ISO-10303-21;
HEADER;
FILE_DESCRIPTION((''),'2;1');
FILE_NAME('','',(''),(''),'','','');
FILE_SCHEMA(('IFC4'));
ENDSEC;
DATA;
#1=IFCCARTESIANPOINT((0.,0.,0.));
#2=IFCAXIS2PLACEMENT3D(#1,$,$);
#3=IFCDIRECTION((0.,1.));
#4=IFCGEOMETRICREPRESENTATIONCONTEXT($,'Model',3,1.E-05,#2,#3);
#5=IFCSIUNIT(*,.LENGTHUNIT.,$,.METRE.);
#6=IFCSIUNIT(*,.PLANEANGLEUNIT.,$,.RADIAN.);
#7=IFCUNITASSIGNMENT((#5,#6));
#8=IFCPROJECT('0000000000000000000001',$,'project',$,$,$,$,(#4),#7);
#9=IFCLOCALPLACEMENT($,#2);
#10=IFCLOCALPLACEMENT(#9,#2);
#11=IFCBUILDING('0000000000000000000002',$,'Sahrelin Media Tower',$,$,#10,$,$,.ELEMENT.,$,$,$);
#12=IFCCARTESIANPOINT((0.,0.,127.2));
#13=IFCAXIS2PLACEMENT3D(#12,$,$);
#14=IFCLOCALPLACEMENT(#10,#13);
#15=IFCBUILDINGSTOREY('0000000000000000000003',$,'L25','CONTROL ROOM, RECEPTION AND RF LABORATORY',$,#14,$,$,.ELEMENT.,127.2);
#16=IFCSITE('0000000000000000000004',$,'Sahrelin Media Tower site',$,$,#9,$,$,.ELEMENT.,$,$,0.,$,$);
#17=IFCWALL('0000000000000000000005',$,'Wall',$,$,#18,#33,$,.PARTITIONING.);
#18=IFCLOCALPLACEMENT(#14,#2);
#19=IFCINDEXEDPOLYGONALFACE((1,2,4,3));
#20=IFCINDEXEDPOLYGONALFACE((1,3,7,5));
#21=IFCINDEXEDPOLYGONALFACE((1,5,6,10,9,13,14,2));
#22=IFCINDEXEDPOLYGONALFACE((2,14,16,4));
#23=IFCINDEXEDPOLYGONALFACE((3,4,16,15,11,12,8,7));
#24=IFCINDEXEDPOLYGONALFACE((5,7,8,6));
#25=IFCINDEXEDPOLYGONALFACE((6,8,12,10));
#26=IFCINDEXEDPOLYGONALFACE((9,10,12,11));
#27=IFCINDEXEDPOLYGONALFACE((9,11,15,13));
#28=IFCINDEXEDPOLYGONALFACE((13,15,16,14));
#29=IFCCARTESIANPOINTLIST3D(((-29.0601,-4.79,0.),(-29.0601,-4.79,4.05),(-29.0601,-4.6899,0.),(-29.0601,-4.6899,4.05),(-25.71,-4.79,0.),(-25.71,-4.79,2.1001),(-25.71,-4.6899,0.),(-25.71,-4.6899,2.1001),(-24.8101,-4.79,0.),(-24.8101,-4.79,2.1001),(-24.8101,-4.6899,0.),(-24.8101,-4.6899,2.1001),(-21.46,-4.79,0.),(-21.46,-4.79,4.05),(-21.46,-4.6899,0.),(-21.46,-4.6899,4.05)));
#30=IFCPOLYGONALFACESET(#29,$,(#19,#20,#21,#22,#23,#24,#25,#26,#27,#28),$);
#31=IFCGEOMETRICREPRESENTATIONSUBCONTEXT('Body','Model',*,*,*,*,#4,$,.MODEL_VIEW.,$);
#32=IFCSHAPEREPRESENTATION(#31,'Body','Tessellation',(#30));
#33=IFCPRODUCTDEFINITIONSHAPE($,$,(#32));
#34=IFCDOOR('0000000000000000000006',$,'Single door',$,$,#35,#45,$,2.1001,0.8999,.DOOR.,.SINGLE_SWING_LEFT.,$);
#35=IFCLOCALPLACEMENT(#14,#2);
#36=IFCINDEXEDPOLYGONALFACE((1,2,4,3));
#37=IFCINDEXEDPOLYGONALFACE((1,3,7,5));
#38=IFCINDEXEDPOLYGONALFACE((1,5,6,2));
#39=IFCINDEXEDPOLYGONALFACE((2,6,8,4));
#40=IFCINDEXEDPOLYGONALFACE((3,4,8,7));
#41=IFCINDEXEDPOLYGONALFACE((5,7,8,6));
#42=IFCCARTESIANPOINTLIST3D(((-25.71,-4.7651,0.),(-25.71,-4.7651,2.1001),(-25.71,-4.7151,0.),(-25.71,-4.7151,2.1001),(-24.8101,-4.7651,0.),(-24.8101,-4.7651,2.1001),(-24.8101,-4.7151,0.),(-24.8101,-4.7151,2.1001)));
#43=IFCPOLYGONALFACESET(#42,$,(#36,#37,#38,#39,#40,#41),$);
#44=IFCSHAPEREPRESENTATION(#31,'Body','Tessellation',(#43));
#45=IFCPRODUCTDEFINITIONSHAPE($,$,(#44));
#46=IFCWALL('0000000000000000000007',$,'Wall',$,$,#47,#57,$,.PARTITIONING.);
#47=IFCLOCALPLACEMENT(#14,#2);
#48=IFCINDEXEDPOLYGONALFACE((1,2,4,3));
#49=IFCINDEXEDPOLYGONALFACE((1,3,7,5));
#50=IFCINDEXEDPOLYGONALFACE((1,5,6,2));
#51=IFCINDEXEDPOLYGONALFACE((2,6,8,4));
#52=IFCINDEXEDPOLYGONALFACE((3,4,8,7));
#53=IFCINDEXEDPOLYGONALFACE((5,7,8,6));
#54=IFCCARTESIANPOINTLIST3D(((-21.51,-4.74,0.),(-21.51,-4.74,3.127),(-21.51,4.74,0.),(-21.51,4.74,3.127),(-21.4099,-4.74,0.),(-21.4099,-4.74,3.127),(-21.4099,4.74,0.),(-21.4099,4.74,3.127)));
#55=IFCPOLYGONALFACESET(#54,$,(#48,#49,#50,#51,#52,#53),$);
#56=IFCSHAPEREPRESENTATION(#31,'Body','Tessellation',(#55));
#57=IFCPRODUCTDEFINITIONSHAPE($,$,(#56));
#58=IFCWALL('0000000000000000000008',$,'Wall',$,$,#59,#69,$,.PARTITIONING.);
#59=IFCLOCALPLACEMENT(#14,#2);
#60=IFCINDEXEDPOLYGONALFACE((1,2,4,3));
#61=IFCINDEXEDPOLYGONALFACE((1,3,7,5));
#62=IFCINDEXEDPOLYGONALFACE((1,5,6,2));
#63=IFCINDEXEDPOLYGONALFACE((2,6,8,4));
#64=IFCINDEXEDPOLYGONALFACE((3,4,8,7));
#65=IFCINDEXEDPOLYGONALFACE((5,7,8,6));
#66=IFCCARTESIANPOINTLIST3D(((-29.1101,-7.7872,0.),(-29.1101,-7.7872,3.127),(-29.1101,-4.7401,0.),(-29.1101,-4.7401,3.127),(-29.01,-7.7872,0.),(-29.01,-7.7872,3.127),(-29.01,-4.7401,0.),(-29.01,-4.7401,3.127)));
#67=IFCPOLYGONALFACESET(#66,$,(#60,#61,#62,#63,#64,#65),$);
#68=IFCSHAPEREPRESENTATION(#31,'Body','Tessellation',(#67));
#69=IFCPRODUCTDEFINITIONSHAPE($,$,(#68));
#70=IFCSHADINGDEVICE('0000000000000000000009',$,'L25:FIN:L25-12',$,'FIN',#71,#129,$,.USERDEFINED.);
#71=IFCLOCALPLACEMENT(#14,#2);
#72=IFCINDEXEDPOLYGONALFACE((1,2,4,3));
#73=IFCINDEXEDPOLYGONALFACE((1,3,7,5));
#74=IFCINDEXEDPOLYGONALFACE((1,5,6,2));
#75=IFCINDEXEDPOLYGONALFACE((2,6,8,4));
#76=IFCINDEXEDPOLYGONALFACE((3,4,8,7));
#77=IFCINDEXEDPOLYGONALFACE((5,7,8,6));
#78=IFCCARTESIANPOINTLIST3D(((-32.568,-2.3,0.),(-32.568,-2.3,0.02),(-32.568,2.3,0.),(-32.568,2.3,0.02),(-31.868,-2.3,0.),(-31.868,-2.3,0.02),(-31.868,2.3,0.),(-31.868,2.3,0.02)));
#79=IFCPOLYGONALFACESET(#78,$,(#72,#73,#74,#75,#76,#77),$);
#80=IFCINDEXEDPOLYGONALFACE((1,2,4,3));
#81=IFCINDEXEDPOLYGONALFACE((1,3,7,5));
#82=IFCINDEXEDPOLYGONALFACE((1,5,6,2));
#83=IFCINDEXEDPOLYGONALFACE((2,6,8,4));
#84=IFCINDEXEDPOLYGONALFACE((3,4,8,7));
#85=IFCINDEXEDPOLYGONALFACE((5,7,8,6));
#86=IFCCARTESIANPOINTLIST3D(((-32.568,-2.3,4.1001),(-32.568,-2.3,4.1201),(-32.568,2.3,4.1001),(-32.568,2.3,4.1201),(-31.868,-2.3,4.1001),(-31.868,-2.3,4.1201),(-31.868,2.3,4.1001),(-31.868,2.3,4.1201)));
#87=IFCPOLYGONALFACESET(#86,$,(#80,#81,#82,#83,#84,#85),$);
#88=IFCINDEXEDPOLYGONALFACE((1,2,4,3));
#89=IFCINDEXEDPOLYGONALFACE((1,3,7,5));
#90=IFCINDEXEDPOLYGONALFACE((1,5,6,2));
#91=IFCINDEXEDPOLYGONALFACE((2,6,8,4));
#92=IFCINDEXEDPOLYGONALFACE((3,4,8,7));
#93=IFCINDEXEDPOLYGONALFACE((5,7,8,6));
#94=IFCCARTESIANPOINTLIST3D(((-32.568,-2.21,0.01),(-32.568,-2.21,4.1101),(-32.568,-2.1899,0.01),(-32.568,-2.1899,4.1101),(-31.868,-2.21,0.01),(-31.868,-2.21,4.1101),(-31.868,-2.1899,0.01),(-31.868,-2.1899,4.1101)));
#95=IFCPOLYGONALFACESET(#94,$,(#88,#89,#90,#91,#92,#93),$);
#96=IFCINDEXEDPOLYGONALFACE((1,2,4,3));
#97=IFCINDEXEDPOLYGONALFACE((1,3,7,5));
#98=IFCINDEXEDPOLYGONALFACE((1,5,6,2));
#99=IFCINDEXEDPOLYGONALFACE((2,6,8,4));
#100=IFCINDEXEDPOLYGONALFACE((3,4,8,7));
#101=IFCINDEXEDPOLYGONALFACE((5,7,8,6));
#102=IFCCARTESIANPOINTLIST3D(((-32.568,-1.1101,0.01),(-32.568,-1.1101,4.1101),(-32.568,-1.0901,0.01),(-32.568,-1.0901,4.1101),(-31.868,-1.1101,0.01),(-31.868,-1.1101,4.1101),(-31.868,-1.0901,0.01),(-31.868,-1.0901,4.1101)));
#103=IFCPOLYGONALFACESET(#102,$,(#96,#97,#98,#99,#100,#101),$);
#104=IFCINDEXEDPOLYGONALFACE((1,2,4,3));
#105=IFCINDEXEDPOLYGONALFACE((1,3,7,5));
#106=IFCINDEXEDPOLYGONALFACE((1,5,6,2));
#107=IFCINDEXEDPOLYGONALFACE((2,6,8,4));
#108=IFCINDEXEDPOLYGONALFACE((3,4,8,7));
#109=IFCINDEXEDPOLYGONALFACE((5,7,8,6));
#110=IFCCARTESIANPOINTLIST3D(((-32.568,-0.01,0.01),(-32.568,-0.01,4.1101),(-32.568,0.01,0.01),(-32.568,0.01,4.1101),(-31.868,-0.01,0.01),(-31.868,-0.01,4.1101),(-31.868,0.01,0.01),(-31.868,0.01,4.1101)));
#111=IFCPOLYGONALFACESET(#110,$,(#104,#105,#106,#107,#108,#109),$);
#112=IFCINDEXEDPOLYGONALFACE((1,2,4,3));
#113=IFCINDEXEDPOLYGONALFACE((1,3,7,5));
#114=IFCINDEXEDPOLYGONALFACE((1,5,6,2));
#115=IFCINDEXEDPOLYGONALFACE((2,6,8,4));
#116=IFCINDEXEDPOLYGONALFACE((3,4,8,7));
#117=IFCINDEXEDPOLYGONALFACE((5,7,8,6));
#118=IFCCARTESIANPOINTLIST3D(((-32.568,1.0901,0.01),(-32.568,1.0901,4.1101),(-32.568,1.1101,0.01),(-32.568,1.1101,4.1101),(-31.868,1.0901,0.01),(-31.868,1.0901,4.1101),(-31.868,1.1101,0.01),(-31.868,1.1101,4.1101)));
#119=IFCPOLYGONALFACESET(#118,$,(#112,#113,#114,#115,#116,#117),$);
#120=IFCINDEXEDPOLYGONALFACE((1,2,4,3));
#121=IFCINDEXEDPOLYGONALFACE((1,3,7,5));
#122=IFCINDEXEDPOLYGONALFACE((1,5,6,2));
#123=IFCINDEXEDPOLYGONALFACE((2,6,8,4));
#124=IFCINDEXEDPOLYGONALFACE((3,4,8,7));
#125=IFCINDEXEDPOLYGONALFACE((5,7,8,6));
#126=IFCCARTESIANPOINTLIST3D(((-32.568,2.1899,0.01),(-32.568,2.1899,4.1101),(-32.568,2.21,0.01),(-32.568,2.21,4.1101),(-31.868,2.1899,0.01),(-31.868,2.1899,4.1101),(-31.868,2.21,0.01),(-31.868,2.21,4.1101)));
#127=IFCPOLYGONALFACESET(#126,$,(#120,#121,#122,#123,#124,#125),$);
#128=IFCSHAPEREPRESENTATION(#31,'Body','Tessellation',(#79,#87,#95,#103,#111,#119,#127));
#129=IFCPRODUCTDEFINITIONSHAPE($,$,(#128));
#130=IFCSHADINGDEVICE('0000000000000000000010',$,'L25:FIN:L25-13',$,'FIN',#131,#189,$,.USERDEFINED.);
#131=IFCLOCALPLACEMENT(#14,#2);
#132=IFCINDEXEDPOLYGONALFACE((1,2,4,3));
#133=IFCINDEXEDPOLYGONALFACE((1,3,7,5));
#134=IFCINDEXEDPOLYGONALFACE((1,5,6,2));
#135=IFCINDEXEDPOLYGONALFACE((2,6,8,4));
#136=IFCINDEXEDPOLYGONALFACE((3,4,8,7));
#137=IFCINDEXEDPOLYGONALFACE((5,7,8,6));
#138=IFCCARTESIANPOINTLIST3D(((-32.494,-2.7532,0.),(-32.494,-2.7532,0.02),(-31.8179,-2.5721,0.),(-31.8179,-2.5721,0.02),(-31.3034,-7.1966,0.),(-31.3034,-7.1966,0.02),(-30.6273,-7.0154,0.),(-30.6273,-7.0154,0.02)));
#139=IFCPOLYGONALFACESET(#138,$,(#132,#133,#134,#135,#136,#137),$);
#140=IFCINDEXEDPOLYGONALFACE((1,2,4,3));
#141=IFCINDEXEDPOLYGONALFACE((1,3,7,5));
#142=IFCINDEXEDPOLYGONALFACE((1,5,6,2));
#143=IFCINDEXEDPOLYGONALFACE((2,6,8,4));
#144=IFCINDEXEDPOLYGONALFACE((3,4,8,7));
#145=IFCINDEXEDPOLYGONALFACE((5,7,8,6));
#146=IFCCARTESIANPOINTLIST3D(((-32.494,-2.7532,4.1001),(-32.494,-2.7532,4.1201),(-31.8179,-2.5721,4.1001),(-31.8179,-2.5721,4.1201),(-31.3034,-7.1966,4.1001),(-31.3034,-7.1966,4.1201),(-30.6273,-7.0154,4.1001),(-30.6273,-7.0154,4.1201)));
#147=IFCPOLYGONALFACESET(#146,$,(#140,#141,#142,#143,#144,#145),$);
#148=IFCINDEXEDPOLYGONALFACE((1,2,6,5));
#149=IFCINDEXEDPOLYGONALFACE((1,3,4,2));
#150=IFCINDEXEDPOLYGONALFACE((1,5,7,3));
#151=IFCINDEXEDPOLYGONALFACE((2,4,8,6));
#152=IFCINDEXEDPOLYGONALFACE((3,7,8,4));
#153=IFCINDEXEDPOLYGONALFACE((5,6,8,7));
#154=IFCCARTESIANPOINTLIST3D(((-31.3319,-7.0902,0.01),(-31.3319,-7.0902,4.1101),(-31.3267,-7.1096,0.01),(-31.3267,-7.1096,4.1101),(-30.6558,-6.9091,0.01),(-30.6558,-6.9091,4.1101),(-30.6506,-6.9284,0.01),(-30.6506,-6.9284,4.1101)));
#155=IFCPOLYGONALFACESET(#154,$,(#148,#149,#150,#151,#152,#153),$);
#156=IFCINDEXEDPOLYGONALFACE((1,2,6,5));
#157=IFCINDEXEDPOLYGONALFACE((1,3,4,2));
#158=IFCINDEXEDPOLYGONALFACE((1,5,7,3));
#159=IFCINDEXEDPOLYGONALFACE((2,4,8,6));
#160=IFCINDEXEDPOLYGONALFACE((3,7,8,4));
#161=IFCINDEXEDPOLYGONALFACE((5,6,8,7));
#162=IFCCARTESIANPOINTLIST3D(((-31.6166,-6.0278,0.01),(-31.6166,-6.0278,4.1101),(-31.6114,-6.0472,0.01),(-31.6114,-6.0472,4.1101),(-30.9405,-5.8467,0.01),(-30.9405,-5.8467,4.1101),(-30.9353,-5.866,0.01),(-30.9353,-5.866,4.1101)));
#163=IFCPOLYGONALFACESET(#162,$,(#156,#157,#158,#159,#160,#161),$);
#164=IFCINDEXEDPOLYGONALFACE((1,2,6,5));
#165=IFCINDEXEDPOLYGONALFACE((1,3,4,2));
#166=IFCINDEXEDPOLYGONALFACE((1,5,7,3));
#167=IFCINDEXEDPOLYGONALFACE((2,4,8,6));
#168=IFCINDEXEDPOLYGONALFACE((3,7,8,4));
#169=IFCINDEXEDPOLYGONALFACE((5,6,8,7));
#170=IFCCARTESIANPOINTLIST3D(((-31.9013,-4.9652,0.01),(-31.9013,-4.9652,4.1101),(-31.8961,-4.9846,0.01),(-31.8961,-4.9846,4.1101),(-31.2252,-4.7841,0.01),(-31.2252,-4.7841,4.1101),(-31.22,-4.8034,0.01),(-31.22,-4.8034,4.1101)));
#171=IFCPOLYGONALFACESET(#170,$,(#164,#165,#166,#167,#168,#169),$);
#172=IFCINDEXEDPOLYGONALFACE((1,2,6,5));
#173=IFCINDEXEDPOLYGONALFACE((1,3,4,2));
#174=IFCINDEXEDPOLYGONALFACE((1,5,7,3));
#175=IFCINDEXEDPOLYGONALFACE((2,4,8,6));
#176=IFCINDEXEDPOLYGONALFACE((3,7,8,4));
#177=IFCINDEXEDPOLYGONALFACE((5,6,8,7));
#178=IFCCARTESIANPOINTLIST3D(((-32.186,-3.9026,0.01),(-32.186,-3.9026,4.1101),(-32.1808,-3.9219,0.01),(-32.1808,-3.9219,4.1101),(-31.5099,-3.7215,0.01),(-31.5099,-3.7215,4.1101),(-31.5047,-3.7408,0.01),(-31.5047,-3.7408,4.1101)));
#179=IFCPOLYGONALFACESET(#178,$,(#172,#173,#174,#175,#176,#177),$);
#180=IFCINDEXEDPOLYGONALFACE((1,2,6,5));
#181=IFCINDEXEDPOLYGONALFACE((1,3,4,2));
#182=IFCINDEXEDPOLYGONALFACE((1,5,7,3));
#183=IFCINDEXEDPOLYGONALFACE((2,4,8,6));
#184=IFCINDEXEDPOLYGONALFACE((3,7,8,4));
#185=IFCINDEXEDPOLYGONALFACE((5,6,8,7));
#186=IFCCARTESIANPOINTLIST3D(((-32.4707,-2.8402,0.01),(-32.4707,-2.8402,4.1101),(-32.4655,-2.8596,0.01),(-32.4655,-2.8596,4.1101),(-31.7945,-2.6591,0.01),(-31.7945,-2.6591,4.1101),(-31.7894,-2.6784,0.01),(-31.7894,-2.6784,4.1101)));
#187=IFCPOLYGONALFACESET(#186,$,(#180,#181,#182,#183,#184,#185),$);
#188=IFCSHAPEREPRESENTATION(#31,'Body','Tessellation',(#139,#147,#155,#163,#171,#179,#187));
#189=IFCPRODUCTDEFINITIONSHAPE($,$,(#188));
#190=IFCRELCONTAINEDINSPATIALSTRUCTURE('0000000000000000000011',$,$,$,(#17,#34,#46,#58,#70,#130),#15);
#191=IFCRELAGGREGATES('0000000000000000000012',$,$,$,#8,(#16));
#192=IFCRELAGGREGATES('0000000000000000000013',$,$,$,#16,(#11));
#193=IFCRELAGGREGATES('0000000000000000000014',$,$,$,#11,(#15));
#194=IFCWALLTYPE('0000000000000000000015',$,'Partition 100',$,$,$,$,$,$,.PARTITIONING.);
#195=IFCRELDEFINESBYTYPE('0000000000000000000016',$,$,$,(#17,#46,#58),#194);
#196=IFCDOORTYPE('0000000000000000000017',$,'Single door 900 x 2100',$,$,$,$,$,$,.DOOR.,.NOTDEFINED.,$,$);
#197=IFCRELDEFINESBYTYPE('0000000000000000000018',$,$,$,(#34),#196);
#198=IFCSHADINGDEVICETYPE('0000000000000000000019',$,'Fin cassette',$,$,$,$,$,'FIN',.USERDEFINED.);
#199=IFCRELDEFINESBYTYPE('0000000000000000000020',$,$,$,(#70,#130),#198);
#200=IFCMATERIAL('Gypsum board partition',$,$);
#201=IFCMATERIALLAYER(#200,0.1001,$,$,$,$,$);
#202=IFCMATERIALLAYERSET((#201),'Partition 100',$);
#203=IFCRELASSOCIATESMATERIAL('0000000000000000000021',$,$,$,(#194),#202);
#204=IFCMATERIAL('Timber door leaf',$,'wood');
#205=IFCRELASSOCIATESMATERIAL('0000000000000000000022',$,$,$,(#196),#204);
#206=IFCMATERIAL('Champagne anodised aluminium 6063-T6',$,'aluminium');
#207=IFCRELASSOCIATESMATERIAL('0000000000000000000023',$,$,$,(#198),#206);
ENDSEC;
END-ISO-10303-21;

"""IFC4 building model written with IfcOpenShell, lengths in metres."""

from ifc_helpers import new_model, si_unit, direction, frame, frame_2d, origin, origin_2d, place, context, subcontext, project, spatial, rectangle, extrude, material, layer, layer_set, type_object, element, fill, save


model = new_model("IFC4")

# Units and contexts
model_context = context("Model", 3, precision=1e-05, world=origin(), true_north=direction((0.0, 1.0)))
body_context = subcontext(model_context, "Body", "Model", "MODEL_VIEW")
ifc_project = project(units=[si_unit("LENGTHUNIT", "METRE"), si_unit("PLANEANGLEUNIT", "RADIAN")], contexts=[model_context])

# Site, building, storey
site_placement = place(None, origin())
site = spatial("IfcSite", under=ifc_project, at=site_placement, Name="Sahrelin Media Tower site", CompositionType="ELEMENT", RefElevation=0.0)
building_placement = place(site_placement, origin())
building = spatial("IfcBuilding", under=site, at=building_placement, Name="Sahrelin Media Tower", CompositionType="ELEMENT")
storey_placement = place(building_placement, frame((0.0, 0.0, 127.2)))
storey = spatial("IfcBuildingStorey", under=building, at=storey_placement, Name="L25", Description="CONTROL ROOM, RECEPTION AND RF LABORATORY", CompositionType="ELEMENT", Elevation=127.2)

# Shared definitions
ifc_material_1 = material(Name="Champagne anodised aluminium 6063-T6", Category="aluminium")

# Wall, opening, door
ifc_material_2 = material(Name="Gypsum board partition")
ifc_layer_1 = layer(ifc_material_2, 0.1001)
ifc_layer_set_1 = layer_set([ifc_layer_1], Name="Partition 100")
wall_type_1 = type_object("IfcWallType", Name="Partition 100", PredefinedType="PARTITIONING", material=ifc_layer_set_1)
wall_1_placement = place(storey_placement, frame((-29.0601, -4.74, 0.0), z_axis=(0.0, 0.0, 1.0), x_axis=(1.0, 0.0, 0.0)))
wall_1 = element("IfcWall", 1, at=wall_1_placement, inside=storey, type_object=wall_type_1, Name="Wall", PredefinedType="PARTITIONING", context=body_context, shape_type="SweptSolid", body=[
    extrude(rectangle(XDim=7.6001, YDim=0.1001, at=frame_2d((3.8, 0.0))), origin(), (0.0, 0.0, 1.0), 4.05),
])
opening_placement = place(wall_1_placement, frame((3.3501, 0.0, 0.0)))
opening = element("IfcOpeningElement", 2, at=opening_placement, cuts=wall_1, PredefinedType="OPENING", context=body_context, shape_type="SweptSolid", body=[
    extrude(rectangle(XDim=0.8999, YDim=2.1001, at=frame_2d((0.45, 1.05))), frame((0.0, 0.05, 0.0), z_axis=(0.0, -1.0, 0.0), x_axis=(1.0, 0.0, 0.0)), (0.0, 0.0, 1.0), 0.1001),
])
ifc_material_3 = material(Name="Timber door leaf", Category="wood")
door_type = type_object("IfcDoorType", Name="Single door 900 x 2100", OperationType="NOTDEFINED", PredefinedType="DOOR", material=ifc_material_3)
door_placement = place(opening_placement, origin())
door = element("IfcDoor", 3, at=door_placement, inside=storey, type_object=door_type, Name="Single door", OperationType="SINGLE_SWING_LEFT", OverallHeight=2.1001, OverallWidth=0.8999, PredefinedType="DOOR", context=body_context, shape_type="SweptSolid", body=[
    extrude(rectangle(XDim=0.8999, YDim=2.1001, at=frame_2d((0.45, 1.05))), frame((0.0, 0.0249, 0.0), z_axis=(0.0, -1.0, 0.0), x_axis=(1.0, 0.0, 0.0)), (0.0, 0.0, 1.0), 0.05),
])
fill(opening, door)

# Walls
wall_2_placement = place(storey_placement, frame((-21.46, -4.74, 0.0), z_axis=(0.0, 0.0, 1.0), x_axis=(0.0, 1.0, 0.0)))
element("IfcWall", 4, at=wall_2_placement, inside=storey, type_object=wall_type_1, Name="Wall", PredefinedType="PARTITIONING", context=body_context, shape_type="SweptSolid", body=[
    extrude(rectangle(XDim=9.48, YDim=0.1001, at=frame_2d((4.74, 0.0))), origin(), (0.0, 0.0, 1.0), 3.127),
])
wall_3_placement = place(storey_placement, frame((-29.0601, -7.7871, 0.0), z_axis=(0.0, 0.0, 1.0), x_axis=(0.0, 1.0, 0.0)))
element("IfcWall", 5, at=wall_3_placement, inside=storey, type_object=wall_type_1, Name="Wall", PredefinedType="PARTITIONING", context=body_context, shape_type="SweptSolid", body=[
    extrude(rectangle(XDim=3.0471, YDim=0.1001, at=frame_2d((1.5234, 0.0))), origin(), (0.0, 0.0, 1.0), 3.127),
])

# Shading devices
shading_device_type_1 = type_object("IfcShadingDeviceType", Name="Fin cassette", ElementType="FIN", PredefinedType="USERDEFINED", material=ifc_material_1)
placement_1 = place(storey_placement, frame((-31.7981, 0.0, 0.0), z_axis=(0.0, 0.0, 1.0), x_axis=(0.0, 1.0, 0.0)))
element("IfcShadingDevice", 6, at=placement_1, inside=storey, type_object=shading_device_type_1, Name="L25:FIN:L25-12", ObjectType="FIN", PredefinedType="USERDEFINED", context=body_context, shape_type="SweptSolid", body=[
    extrude(rectangle(XDim=4.6001, YDim=0.7, at=origin_2d()), frame((0.0, 0.4199, 0.0)), (0.0, 0.0, 1.0), 0.02),
    extrude(rectangle(XDim=4.6001, YDim=0.7, at=origin_2d()), frame((0.0, 0.4199, 4.1001)), (0.0, 0.0, 1.0), 0.02),
    extrude(rectangle(XDim=0.02, YDim=0.7, at=origin_2d()), frame((-2.2, 0.4199, 0.01), z_axis=(0.0, 0.0, 1.0), x_axis=(1.0, 0.0, 0.0)), (0.0, 0.0, 1.0), 4.1001),
    extrude(rectangle(XDim=0.02, YDim=0.7, at=origin_2d()), frame((-1.1001, 0.4199, 0.01), z_axis=(0.0, 0.0, 1.0), x_axis=(1.0, 0.0, 0.0)), (0.0, 0.0, 1.0), 4.1001),
    extrude(rectangle(XDim=0.02, YDim=0.7, at=origin_2d()), frame((0.0, 0.4199, 0.01), z_axis=(0.0, 0.0, 1.0), x_axis=(1.0, 0.0, 0.0)), (0.0, 0.0, 1.0), 4.1001),
    extrude(rectangle(XDim=0.02, YDim=0.7, at=origin_2d()), frame((1.1001, 0.4199, 0.01), z_axis=(0.0, 0.0, 1.0), x_axis=(1.0, 0.0, 0.0)), (0.0, 0.0, 1.0), 4.1001),
    extrude(rectangle(XDim=0.02, YDim=0.7, at=origin_2d()), frame((2.2, 0.4199, 0.01), z_axis=(0.0, 0.0, 1.0), x_axis=(1.0, 0.0, 0.0)), (0.0, 0.0, 1.0), 4.1001),
])
placement_2 = place(storey_placement, frame((-31.155, -4.7756, 0.0), z_axis=(0.0, 0.0, 1.0), x_axis=(-0.258808, 0.965929, 0.0)))
element("IfcShadingDevice", 7, at=placement_2, inside=storey, type_object=shading_device_type_1, Name="L25:FIN:L25-13", ObjectType="FIN", PredefinedType="USERDEFINED", context=body_context, shape_type="SweptSolid", body=[
    extrude(rectangle(XDim=4.6001, YDim=0.7, at=origin_2d()), frame((0.0, 0.4199, 0.0)), (0.0, 0.0, 1.0), 0.02),
    extrude(rectangle(XDim=4.6001, YDim=0.7, at=origin_2d()), frame((0.0, 0.4199, 4.1001)), (0.0, 0.0, 1.0), 0.02),
    extrude(rectangle(XDim=0.02, YDim=0.7, at=origin_2d()), frame((-2.2, 0.4199, 0.01), z_axis=(0.0, 0.0, 1.0), x_axis=(1.0, 0.0, 0.0)), (0.0, 0.0, 1.0), 4.1001),
    extrude(rectangle(XDim=0.02, YDim=0.7, at=origin_2d()), frame((-1.1001, 0.4199, 0.01), z_axis=(0.0, 0.0, 1.0), x_axis=(1.0, 0.0, 0.0)), (0.0, 0.0, 1.0), 4.1001),
    extrude(rectangle(XDim=0.02, YDim=0.7, at=origin_2d()), frame((0.0, 0.4199, 0.01), z_axis=(0.0, 0.0, 1.0), x_axis=(1.0, 0.0, 0.0)), (0.0, 0.0, 1.0), 4.1001),
    extrude(rectangle(XDim=0.02, YDim=0.7, at=origin_2d()), frame((1.1001, 0.4199, 0.01), z_axis=(0.0, 0.0, 1.0), x_axis=(1.0, 0.0, 0.0)), (0.0, 0.0, 1.0), 4.1001),
    extrude(rectangle(XDim=0.02, YDim=0.7, at=origin_2d()), frame((2.2, 0.4199, 0.01), z_axis=(0.0, 0.0, 1.0), x_axis=(1.0, 0.0, 0.0)), (0.0, 0.0, 1.0), 4.1001),
])

save(model, "model.ifc")
